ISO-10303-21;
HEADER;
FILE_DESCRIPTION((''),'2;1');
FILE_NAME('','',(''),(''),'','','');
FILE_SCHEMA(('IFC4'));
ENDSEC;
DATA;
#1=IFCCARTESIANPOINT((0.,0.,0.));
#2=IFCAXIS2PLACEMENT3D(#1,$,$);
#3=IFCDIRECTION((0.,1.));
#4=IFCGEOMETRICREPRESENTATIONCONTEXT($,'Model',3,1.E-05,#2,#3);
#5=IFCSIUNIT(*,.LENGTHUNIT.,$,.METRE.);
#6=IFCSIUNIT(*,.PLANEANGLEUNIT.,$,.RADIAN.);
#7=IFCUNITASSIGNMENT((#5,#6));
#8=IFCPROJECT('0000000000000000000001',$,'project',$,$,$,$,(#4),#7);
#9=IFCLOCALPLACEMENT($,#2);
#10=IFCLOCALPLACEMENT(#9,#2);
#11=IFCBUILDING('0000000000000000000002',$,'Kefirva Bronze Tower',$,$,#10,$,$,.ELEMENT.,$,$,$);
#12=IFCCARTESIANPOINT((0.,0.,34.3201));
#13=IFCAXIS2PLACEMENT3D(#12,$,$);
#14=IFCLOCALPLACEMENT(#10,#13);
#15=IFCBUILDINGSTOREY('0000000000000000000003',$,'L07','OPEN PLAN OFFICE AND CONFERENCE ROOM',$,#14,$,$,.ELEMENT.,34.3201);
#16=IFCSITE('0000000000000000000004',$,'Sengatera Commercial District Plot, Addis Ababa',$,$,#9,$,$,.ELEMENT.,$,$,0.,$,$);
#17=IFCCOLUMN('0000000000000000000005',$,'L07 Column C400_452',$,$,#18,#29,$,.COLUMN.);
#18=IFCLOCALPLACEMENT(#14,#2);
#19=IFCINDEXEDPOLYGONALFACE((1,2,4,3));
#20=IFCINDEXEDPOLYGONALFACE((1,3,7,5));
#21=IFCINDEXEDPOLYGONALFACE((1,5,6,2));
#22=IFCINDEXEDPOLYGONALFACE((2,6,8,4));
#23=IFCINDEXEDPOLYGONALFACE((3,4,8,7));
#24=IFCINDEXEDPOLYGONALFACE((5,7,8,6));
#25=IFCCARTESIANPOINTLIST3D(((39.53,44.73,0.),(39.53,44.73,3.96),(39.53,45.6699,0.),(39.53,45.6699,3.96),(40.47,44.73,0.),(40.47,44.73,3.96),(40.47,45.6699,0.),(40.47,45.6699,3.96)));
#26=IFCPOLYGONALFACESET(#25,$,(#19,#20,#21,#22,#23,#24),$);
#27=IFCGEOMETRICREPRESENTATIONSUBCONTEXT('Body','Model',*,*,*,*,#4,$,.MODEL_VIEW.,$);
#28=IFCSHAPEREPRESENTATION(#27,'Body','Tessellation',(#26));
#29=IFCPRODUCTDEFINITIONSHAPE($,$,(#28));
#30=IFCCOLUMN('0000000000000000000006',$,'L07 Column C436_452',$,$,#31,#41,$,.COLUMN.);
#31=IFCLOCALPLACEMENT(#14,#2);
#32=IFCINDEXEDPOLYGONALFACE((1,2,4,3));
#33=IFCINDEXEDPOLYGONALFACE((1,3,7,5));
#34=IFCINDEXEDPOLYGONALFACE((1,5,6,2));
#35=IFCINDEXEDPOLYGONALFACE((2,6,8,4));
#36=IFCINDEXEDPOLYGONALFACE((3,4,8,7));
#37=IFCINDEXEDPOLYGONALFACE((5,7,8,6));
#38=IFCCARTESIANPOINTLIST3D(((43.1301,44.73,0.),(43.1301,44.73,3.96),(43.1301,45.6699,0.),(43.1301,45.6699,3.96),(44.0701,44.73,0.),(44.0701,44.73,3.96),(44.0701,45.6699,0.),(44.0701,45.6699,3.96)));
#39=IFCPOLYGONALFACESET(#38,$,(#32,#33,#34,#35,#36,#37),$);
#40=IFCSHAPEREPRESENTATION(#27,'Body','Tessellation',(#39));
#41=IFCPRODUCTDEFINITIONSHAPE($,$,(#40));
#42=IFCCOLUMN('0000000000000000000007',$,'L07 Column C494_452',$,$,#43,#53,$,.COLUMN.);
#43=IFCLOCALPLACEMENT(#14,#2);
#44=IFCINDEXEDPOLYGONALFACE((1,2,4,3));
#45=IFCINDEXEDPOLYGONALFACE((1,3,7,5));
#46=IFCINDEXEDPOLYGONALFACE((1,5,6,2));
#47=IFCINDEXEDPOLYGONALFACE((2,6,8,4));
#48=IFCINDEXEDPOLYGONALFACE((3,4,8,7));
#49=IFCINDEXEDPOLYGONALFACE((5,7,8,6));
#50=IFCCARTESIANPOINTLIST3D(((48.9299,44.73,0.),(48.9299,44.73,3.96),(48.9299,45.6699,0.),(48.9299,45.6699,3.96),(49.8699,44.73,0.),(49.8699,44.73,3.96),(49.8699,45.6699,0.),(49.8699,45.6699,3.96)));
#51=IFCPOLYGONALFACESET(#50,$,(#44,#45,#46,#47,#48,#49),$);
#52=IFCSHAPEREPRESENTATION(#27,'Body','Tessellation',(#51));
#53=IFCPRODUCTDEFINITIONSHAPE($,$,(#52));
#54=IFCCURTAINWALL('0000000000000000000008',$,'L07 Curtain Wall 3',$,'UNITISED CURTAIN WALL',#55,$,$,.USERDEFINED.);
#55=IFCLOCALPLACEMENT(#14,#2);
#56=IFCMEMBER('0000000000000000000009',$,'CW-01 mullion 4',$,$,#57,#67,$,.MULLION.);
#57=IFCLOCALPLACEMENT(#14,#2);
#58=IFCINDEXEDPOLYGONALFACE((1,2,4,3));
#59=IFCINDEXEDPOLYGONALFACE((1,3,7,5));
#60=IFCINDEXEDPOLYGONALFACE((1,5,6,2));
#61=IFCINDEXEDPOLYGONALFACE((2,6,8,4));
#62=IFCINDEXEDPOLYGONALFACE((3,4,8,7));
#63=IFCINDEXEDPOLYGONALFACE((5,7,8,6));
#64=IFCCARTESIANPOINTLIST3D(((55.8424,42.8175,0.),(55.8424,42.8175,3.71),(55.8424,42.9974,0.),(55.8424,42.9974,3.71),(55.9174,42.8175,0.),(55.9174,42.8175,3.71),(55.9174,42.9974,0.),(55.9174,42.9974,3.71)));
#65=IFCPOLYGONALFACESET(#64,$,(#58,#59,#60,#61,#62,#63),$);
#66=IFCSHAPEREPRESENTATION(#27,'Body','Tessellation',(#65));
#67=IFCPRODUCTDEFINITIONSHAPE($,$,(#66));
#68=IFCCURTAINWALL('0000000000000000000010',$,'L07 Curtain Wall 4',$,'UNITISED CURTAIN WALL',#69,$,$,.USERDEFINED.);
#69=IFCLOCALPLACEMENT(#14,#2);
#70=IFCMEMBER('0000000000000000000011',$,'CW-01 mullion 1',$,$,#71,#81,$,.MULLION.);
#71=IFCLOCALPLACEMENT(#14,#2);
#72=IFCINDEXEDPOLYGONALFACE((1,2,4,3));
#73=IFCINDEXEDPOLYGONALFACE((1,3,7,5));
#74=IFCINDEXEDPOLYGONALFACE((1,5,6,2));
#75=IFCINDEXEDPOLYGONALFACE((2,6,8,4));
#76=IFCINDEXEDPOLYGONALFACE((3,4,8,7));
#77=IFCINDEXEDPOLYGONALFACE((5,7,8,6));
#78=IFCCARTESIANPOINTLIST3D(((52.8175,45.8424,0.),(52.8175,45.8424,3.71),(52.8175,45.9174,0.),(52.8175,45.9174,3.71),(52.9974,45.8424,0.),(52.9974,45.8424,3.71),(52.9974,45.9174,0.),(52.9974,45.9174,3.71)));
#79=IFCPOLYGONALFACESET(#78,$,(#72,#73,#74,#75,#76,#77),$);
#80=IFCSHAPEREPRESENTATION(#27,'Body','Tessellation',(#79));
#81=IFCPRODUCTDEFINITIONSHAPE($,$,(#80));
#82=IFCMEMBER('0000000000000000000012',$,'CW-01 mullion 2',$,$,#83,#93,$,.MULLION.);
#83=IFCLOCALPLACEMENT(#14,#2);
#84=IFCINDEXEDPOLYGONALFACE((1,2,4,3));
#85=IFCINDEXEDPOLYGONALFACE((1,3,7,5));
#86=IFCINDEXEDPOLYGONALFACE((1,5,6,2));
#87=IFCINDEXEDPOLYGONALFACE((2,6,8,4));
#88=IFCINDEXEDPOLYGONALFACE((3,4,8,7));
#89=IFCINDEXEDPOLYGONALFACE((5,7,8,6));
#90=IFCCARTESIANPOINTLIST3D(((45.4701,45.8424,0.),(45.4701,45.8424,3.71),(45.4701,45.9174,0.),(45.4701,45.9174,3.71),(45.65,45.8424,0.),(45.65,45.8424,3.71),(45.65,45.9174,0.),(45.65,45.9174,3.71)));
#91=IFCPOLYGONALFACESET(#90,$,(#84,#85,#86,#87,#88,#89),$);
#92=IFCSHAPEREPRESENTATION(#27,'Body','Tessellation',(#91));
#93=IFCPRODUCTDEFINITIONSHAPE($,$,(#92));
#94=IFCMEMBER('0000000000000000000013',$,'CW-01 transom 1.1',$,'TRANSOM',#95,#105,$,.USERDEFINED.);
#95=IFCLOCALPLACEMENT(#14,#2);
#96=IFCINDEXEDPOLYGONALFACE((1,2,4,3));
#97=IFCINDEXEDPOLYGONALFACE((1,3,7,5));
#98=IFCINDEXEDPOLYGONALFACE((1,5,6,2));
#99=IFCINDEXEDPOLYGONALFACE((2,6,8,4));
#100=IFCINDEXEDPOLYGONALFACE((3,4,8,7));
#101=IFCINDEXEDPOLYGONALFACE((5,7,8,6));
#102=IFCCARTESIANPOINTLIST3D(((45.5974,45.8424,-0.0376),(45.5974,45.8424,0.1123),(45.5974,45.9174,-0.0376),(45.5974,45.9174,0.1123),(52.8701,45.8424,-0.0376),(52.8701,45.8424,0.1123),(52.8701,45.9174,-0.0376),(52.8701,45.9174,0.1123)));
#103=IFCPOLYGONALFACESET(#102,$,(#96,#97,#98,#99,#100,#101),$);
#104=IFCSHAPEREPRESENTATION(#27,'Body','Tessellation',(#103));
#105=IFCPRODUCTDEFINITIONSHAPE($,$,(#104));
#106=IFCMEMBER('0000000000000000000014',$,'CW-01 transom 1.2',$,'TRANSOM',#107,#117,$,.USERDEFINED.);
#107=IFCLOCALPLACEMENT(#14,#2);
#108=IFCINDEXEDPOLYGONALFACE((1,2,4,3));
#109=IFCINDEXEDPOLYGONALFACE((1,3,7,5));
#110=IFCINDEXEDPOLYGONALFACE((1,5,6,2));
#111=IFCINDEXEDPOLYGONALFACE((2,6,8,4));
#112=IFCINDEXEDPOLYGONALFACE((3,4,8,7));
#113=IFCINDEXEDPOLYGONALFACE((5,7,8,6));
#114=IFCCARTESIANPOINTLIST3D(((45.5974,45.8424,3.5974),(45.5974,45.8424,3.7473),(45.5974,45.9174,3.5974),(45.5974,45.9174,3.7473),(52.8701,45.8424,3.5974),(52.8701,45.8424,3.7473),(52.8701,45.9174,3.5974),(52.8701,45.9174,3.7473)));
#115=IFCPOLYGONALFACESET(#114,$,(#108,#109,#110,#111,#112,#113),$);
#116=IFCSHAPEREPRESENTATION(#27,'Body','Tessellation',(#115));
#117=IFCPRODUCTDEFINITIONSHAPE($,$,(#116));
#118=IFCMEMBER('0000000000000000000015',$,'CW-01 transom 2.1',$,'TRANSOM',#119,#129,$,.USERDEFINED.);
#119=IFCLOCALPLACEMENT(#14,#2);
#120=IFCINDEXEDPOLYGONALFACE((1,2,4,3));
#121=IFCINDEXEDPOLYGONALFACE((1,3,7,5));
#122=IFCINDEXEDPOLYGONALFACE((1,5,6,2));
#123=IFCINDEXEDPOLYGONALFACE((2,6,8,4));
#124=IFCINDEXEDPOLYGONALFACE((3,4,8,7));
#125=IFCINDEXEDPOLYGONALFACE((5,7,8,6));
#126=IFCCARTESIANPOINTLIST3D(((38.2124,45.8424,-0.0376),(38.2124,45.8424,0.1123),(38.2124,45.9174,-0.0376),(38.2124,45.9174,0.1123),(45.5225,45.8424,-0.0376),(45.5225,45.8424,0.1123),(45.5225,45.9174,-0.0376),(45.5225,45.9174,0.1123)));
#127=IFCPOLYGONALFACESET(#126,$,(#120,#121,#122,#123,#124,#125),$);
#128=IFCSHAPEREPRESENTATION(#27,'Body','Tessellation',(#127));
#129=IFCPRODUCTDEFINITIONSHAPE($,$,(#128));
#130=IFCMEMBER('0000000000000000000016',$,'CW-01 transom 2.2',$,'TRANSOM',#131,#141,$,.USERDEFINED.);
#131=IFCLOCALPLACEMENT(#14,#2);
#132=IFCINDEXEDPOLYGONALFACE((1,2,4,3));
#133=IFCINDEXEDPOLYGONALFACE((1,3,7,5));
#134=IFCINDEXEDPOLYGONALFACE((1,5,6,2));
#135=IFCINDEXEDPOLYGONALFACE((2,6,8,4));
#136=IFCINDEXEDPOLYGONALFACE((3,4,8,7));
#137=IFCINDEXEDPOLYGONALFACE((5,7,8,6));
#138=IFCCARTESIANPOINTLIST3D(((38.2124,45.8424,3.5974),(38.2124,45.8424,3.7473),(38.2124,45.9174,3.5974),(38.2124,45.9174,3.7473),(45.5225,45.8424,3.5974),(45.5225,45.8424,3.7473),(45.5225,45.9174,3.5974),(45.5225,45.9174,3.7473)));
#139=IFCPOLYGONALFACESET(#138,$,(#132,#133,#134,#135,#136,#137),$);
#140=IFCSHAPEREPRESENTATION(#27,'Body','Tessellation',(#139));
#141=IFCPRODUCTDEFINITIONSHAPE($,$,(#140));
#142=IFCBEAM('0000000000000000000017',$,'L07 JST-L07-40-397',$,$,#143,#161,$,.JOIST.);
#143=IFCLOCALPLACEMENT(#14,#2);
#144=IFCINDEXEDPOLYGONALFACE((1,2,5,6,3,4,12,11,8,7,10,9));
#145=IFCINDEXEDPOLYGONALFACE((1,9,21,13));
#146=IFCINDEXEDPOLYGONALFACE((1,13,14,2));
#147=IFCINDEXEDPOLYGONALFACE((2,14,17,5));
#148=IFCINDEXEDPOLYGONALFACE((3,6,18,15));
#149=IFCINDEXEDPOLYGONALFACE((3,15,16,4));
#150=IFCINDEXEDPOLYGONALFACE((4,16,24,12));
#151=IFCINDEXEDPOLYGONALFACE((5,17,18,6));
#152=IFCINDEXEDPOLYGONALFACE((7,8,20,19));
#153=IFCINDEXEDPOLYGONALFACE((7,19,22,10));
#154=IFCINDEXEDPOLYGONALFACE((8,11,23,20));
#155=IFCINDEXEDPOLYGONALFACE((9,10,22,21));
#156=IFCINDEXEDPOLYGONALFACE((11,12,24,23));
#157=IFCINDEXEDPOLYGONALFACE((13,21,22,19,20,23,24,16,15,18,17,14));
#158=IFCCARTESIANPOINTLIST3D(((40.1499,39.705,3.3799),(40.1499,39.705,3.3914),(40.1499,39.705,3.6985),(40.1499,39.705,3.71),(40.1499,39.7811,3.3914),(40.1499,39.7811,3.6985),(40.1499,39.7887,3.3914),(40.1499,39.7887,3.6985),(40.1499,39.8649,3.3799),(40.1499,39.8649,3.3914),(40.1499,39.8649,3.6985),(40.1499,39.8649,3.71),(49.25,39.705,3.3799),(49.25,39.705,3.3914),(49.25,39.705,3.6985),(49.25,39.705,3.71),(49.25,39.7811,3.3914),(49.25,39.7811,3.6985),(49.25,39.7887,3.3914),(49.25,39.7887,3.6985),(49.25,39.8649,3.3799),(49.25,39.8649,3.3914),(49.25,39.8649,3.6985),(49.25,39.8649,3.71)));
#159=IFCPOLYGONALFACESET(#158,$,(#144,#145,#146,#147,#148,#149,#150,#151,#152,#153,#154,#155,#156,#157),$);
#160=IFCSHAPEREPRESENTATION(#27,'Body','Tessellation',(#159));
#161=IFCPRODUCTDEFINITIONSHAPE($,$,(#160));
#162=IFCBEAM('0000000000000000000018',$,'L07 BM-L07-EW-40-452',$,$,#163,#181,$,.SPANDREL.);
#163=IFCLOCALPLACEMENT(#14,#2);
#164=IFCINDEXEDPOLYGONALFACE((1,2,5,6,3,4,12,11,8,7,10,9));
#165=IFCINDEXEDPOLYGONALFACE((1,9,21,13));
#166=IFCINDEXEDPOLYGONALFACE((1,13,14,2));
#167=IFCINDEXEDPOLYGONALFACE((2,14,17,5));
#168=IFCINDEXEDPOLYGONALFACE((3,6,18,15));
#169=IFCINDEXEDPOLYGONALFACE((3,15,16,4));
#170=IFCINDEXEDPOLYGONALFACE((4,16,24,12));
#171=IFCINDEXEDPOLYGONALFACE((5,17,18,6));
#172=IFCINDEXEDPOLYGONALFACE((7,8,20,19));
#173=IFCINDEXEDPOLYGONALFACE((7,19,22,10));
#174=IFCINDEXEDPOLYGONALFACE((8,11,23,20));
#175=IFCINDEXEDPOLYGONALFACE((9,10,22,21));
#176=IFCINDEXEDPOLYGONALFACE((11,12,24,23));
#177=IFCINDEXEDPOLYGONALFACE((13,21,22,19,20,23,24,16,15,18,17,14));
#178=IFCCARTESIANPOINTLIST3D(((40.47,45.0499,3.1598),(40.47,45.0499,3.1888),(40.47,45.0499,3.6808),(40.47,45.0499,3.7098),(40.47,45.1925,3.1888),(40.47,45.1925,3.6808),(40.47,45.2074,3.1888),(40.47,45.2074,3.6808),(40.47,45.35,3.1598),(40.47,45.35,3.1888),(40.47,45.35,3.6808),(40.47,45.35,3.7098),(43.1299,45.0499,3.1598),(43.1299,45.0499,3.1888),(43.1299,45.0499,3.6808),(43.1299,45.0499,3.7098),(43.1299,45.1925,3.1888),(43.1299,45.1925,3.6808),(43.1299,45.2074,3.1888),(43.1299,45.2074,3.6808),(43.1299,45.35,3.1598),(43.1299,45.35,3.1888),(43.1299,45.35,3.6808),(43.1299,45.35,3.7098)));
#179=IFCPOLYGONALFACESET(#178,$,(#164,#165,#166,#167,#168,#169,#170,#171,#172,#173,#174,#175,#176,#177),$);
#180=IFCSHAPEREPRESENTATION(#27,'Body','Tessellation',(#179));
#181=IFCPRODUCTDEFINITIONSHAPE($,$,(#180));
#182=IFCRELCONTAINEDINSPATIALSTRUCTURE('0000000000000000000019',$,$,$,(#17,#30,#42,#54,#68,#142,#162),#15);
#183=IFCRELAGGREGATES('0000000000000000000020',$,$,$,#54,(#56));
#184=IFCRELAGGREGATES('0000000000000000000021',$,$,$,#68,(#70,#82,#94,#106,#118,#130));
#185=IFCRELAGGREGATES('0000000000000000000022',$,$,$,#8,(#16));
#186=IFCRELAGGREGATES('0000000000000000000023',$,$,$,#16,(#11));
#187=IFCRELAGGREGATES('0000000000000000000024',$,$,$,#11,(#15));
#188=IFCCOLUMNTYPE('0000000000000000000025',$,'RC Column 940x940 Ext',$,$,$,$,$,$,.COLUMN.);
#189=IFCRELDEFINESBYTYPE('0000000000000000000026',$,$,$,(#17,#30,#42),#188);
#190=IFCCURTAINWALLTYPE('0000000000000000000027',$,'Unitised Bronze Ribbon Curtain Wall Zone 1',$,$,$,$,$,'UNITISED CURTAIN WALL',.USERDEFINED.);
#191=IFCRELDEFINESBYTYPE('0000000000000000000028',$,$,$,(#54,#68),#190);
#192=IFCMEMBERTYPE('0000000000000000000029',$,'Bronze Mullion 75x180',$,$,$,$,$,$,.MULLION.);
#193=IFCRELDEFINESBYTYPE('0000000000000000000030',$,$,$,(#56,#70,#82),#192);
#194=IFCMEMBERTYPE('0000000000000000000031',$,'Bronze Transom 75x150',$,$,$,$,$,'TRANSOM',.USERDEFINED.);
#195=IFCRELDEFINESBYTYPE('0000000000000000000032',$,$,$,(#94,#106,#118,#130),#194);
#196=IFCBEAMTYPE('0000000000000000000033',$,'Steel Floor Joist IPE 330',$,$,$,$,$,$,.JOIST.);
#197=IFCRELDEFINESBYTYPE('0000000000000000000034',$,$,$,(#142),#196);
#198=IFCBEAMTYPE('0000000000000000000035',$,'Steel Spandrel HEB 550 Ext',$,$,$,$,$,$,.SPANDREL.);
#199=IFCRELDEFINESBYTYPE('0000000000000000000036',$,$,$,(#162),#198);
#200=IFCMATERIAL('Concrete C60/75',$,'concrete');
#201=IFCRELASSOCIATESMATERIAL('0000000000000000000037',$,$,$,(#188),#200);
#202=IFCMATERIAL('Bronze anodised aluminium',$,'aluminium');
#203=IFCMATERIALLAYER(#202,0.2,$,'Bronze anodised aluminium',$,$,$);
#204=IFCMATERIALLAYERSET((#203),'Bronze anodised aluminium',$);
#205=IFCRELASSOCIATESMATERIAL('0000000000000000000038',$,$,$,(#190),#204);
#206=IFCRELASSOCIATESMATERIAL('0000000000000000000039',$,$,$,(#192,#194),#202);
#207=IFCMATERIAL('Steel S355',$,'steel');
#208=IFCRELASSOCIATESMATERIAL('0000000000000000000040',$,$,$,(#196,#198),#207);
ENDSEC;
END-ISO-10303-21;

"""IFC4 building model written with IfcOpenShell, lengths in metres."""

from ifc_helpers import new_model, si_unit, direction, frame, origin, origin_2d, place, context, subcontext, project, spatial, rectangle, i_section, extrude, material, layer, layer_set, material_profile, profile_set, type_object, element, aggregate, save


model = new_model("IFC4")

# Units and contexts
model_context = context("Model", 3, precision=1e-05, world=origin(), true_north=direction((0.0, 1.0)))
body_context = subcontext(model_context, "Body", "Model", "MODEL_VIEW")
ifc_project = project(units=[si_unit("LENGTHUNIT", "METRE"), si_unit("PLANEANGLEUNIT", "RADIAN")], contexts=[model_context])

# Site, building, storey
site_placement = place(None, origin())
site = spatial("IfcSite", under=ifc_project, at=site_placement, Name="Sengatera Commercial District Plot, Addis Ababa", CompositionType="ELEMENT", RefElevation=0.0)
building_placement = place(site_placement, origin())
building = spatial("IfcBuilding", under=site, at=building_placement, Name="Kefirva Bronze Tower", CompositionType="ELEMENT")
storey_placement = place(building_placement, frame((0.0, 0.0, 34.3201)))
storey = spatial("IfcBuildingStorey", under=building, at=storey_placement, Name="L07", Description="OPEN PLAN OFFICE AND CONFERENCE ROOM", CompositionType="ELEMENT", Elevation=34.3201)

# Columns
ifc_material_1 = material(Name="Concrete C60/75", Category="concrete")
ifc_material_profile_1 = material_profile(ifc_material_1, rectangle(XDim=0.9399, YDim=0.9399, at=origin_2d()), Name="RC 940x940")
ifc_profile_set_1 = profile_set([ifc_material_profile_1], Name="Concrete C60/75")
column_type = type_object("IfcColumnType", Name="RC Column 940x940 Ext", PredefinedType="COLUMN", material=ifc_profile_set_1)
for number, where, z_axis, x_axis, name in (
    (1, (40.0, 45.2, 0.0), (0.0, 0.0, 1.0), (1.0, 0.0, 0.0), "L07 Column C400_452"),
    (2, (43.6001, 45.2, 0.0), (0.0, 0.0, 1.0), (1.0, 0.0, 0.0), "L07 Column C436_452"),
    (3, (49.3999, 45.2, 0.0), (0.0, 0.0, 1.0), (1.0, 0.0, 0.0), "L07 Column C494_452"),
):
    element("IfcColumn", number, at=place(storey_placement, frame(where, z_axis=z_axis, x_axis=x_axis)), inside=storey, type_object=column_type, Name=name, PredefinedType="COLUMN", context=body_context, shape_type="SweptSolid", body=[
        extrude(rectangle(XDim=0.9399, YDim=0.9399, at=origin_2d()), origin(), (0.0, 0.0, 1.0), 3.96),
    ])

# Curtain wall, member
ifc_material_2 = material(Name="Bronze anodised aluminium", Category="aluminium")
ifc_layer_1 = layer(ifc_material_2, 0.2, Name="Bronze anodised aluminium")
ifc_layer_set_1 = layer_set([ifc_layer_1], Name="Bronze anodised aluminium")
curtain_wall_type = type_object("IfcCurtainWallType", Name="Unitised Bronze Ribbon Curtain Wall Zone 1", ElementType="UNITISED CURTAIN WALL", PredefinedType="USERDEFINED", material=ifc_layer_set_1)
curtain_wall_1_placement = place(storey_placement, origin())
curtain_wall_1 = element("IfcCurtainWall", 4, at=curtain_wall_1_placement, inside=storey, type_object=curtain_wall_type, Name="L07 Curtain Wall 3", ObjectType="UNITISED CURTAIN WALL", PredefinedType="USERDEFINED")
ifc_material_profile_2 = material_profile(ifc_material_2, rectangle(XDim=0.075, YDim=0.1799, at=origin_2d()), Name="ALU 75x180")
ifc_profile_set_2 = profile_set([ifc_material_profile_2], Name="Bronze anodised aluminium")
member_type_1 = type_object("IfcMemberType", Name="Bronze Mullion 75x180", PredefinedType="MULLION", material=ifc_profile_set_2)
member_1_placement = place(storey_placement, frame((55.8799, 42.9075, 0.0), z_axis=(0.0, 0.0, 1.0), x_axis=(-1.0, 0.0, 0.0)))
member_1 = element("IfcMember", 5, at=member_1_placement, type_object=member_type_1, Name="CW-01 mullion 4", PredefinedType="MULLION", context=body_context, shape_type="SweptSolid", body=[
    extrude(rectangle(XDim=0.075, YDim=0.1799, at=origin_2d()), origin(), (0.0, 0.0, 1.0), 3.71),
])
aggregate(curtain_wall_1, [member_1])

# Curtain wall, members
curtain_wall_2_placement = place(storey_placement, origin())
curtain_wall_2 = element("IfcCurtainWall", 6, at=curtain_wall_2_placement, inside=storey, type_object=curtain_wall_type, Name="L07 Curtain Wall 4", ObjectType="UNITISED CURTAIN WALL", PredefinedType="USERDEFINED")
member_2_placement = place(storey_placement, frame((52.9075, 45.8799, 0.0), z_axis=(0.0, 0.0, 1.0), x_axis=(0.0, -1.0, 0.0)))
member_2 = element("IfcMember", 7, at=member_2_placement, type_object=member_type_1, Name="CW-01 mullion 1", PredefinedType="MULLION", context=body_context, shape_type="SweptSolid", body=[
    extrude(rectangle(XDim=0.075, YDim=0.1799, at=origin_2d()), origin(), (0.0, 0.0, 1.0), 3.71),
])
member_3_placement = place(storey_placement, frame((45.5601, 45.8799, 0.0), z_axis=(0.0, 0.0, 1.0), x_axis=(0.0, -1.0, 0.0)))
member_3 = element("IfcMember", 8, at=member_3_placement, type_object=member_type_1, Name="CW-01 mullion 2", PredefinedType="MULLION", context=body_context, shape_type="SweptSolid", body=[
    extrude(rectangle(XDim=0.075, YDim=0.1799, at=origin_2d()), origin(), (0.0, 0.0, 1.0), 3.71),
])
ifc_material_profile_3 = material_profile(ifc_material_2, rectangle(XDim=0.075, YDim=0.1499, at=origin_2d()), Name="ALU 75x150")
ifc_profile_set_3 = profile_set([ifc_material_profile_3], Name="Bronze anodised aluminium")
member_type_2 = type_object("IfcMemberType", Name="Bronze Transom 75x150", ElementType="TRANSOM", PredefinedType="USERDEFINED", material=ifc_profile_set_3)
member_4_placement = place(storey_placement, frame((52.8701, 45.8799, 0.0374), z_axis=(-1.0, 0.0, 0.0), x_axis=(0.0, -1.0, 0.0)))
member_4 = element("IfcMember", 9, at=member_4_placement, type_object=member_type_2, Name="CW-01 transom 1.1", ObjectType="TRANSOM", PredefinedType="USERDEFINED", context=body_context, shape_type="SweptSolid", body=[
    extrude(rectangle(XDim=0.075, YDim=0.1499, at=origin_2d()), origin(), (0.0, 0.0, 1.0), 7.2727),
])
member_5_placement = place(storey_placement, frame((52.8701, 45.8799, 3.6724), z_axis=(-1.0, 0.0, 0.0), x_axis=(0.0, -1.0, 0.0)))
member_5 = element("IfcMember", 10, at=member_5_placement, type_object=member_type_2, Name="CW-01 transom 1.2", ObjectType="TRANSOM", PredefinedType="USERDEFINED", context=body_context, shape_type="SweptSolid", body=[
    extrude(rectangle(XDim=0.075, YDim=0.1499, at=origin_2d()), origin(), (0.0, 0.0, 1.0), 7.2727),
])
member_6_placement = place(storey_placement, frame((45.5225, 45.8799, 0.0374), z_axis=(-1.0, 0.0, 0.0), x_axis=(0.0, -1.0, 0.0)))
member_6 = element("IfcMember", 11, at=member_6_placement, type_object=member_type_2, Name="CW-01 transom 2.1", ObjectType="TRANSOM", PredefinedType="USERDEFINED", context=body_context, shape_type="SweptSolid", body=[
    extrude(rectangle(XDim=0.075, YDim=0.1499, at=origin_2d()), origin(), (0.0, 0.0, 1.0), 7.3101),
])
member_7_placement = place(storey_placement, frame((45.5225, 45.8799, 3.6724), z_axis=(-1.0, 0.0, 0.0), x_axis=(0.0, -1.0, 0.0)))
member_7 = element("IfcMember", 12, at=member_7_placement, type_object=member_type_2, Name="CW-01 transom 2.2", ObjectType="TRANSOM", PredefinedType="USERDEFINED", context=body_context, shape_type="SweptSolid", body=[
    extrude(rectangle(XDim=0.075, YDim=0.1499, at=origin_2d()), origin(), (0.0, 0.0, 1.0), 7.3101),
])

# Beams
ifc_material_3 = material(Name="Steel S355", Category="steel")
ifc_material_profile_4 = material_profile(ifc_material_3, i_section(OverallWidth=0.1599, OverallDepth=0.3301, WebThickness=0.0076, FlangeThickness=0.0115, at=origin_2d()), Name="IPE 330")
ifc_profile_set_4 = profile_set([ifc_material_profile_4], Name="Steel S355")
beam_type_1 = type_object("IfcBeamType", Name="Steel Floor Joist IPE 330", PredefinedType="JOIST", material=ifc_profile_set_4)
beam_1_placement = place(storey_placement, frame((40.1499, 39.7849, 3.5449), z_axis=(1.0, 0.0, 0.0), x_axis=(0.0, 1.0, 0.0)))
element("IfcBeam", 13, at=beam_1_placement, inside=storey, type_object=beam_type_1, Name="L07 JST-L07-40-397", PredefinedType="JOIST", context=body_context, shape_type="SweptSolid", body=[
    extrude(i_section(OverallWidth=0.1599, OverallDepth=0.3301, WebThickness=0.0076, FlangeThickness=0.0115, at=origin_2d()), origin(), (0.0, 0.0, 1.0), 9.1001),
])
ifc_material_profile_5 = material_profile(ifc_material_3, i_section(OverallWidth=0.3, OverallDepth=0.55, WebThickness=0.0149, FlangeThickness=0.0291, at=origin_2d()), Name="HEB 550")
ifc_profile_set_5 = profile_set([ifc_material_profile_5], Name="Steel S355")
beam_type_2 = type_object("IfcBeamType", Name="Steel Spandrel HEB 550 Ext", PredefinedType="SPANDREL", material=ifc_profile_set_5)
beam_2_placement = place(storey_placement, frame((40.47, 45.2, 3.4348), z_axis=(1.0, 0.0, 0.0), x_axis=(0.0, 1.0, 0.0)))
element("IfcBeam", 14, at=beam_2_placement, inside=storey, type_object=beam_type_2, Name="L07 BM-L07-EW-40-452", PredefinedType="SPANDREL", context=body_context, shape_type="SweptSolid", body=[
    extrude(i_section(OverallWidth=0.3, OverallDepth=0.55, WebThickness=0.0149, FlangeThickness=0.0291, at=origin_2d()), origin(), (0.0, 0.0, 1.0), 2.6599),
])

aggregate(curtain_wall_2, [member_2, member_3, member_4, member_5, member_6, member_7])

save(model, "model.ifc")
